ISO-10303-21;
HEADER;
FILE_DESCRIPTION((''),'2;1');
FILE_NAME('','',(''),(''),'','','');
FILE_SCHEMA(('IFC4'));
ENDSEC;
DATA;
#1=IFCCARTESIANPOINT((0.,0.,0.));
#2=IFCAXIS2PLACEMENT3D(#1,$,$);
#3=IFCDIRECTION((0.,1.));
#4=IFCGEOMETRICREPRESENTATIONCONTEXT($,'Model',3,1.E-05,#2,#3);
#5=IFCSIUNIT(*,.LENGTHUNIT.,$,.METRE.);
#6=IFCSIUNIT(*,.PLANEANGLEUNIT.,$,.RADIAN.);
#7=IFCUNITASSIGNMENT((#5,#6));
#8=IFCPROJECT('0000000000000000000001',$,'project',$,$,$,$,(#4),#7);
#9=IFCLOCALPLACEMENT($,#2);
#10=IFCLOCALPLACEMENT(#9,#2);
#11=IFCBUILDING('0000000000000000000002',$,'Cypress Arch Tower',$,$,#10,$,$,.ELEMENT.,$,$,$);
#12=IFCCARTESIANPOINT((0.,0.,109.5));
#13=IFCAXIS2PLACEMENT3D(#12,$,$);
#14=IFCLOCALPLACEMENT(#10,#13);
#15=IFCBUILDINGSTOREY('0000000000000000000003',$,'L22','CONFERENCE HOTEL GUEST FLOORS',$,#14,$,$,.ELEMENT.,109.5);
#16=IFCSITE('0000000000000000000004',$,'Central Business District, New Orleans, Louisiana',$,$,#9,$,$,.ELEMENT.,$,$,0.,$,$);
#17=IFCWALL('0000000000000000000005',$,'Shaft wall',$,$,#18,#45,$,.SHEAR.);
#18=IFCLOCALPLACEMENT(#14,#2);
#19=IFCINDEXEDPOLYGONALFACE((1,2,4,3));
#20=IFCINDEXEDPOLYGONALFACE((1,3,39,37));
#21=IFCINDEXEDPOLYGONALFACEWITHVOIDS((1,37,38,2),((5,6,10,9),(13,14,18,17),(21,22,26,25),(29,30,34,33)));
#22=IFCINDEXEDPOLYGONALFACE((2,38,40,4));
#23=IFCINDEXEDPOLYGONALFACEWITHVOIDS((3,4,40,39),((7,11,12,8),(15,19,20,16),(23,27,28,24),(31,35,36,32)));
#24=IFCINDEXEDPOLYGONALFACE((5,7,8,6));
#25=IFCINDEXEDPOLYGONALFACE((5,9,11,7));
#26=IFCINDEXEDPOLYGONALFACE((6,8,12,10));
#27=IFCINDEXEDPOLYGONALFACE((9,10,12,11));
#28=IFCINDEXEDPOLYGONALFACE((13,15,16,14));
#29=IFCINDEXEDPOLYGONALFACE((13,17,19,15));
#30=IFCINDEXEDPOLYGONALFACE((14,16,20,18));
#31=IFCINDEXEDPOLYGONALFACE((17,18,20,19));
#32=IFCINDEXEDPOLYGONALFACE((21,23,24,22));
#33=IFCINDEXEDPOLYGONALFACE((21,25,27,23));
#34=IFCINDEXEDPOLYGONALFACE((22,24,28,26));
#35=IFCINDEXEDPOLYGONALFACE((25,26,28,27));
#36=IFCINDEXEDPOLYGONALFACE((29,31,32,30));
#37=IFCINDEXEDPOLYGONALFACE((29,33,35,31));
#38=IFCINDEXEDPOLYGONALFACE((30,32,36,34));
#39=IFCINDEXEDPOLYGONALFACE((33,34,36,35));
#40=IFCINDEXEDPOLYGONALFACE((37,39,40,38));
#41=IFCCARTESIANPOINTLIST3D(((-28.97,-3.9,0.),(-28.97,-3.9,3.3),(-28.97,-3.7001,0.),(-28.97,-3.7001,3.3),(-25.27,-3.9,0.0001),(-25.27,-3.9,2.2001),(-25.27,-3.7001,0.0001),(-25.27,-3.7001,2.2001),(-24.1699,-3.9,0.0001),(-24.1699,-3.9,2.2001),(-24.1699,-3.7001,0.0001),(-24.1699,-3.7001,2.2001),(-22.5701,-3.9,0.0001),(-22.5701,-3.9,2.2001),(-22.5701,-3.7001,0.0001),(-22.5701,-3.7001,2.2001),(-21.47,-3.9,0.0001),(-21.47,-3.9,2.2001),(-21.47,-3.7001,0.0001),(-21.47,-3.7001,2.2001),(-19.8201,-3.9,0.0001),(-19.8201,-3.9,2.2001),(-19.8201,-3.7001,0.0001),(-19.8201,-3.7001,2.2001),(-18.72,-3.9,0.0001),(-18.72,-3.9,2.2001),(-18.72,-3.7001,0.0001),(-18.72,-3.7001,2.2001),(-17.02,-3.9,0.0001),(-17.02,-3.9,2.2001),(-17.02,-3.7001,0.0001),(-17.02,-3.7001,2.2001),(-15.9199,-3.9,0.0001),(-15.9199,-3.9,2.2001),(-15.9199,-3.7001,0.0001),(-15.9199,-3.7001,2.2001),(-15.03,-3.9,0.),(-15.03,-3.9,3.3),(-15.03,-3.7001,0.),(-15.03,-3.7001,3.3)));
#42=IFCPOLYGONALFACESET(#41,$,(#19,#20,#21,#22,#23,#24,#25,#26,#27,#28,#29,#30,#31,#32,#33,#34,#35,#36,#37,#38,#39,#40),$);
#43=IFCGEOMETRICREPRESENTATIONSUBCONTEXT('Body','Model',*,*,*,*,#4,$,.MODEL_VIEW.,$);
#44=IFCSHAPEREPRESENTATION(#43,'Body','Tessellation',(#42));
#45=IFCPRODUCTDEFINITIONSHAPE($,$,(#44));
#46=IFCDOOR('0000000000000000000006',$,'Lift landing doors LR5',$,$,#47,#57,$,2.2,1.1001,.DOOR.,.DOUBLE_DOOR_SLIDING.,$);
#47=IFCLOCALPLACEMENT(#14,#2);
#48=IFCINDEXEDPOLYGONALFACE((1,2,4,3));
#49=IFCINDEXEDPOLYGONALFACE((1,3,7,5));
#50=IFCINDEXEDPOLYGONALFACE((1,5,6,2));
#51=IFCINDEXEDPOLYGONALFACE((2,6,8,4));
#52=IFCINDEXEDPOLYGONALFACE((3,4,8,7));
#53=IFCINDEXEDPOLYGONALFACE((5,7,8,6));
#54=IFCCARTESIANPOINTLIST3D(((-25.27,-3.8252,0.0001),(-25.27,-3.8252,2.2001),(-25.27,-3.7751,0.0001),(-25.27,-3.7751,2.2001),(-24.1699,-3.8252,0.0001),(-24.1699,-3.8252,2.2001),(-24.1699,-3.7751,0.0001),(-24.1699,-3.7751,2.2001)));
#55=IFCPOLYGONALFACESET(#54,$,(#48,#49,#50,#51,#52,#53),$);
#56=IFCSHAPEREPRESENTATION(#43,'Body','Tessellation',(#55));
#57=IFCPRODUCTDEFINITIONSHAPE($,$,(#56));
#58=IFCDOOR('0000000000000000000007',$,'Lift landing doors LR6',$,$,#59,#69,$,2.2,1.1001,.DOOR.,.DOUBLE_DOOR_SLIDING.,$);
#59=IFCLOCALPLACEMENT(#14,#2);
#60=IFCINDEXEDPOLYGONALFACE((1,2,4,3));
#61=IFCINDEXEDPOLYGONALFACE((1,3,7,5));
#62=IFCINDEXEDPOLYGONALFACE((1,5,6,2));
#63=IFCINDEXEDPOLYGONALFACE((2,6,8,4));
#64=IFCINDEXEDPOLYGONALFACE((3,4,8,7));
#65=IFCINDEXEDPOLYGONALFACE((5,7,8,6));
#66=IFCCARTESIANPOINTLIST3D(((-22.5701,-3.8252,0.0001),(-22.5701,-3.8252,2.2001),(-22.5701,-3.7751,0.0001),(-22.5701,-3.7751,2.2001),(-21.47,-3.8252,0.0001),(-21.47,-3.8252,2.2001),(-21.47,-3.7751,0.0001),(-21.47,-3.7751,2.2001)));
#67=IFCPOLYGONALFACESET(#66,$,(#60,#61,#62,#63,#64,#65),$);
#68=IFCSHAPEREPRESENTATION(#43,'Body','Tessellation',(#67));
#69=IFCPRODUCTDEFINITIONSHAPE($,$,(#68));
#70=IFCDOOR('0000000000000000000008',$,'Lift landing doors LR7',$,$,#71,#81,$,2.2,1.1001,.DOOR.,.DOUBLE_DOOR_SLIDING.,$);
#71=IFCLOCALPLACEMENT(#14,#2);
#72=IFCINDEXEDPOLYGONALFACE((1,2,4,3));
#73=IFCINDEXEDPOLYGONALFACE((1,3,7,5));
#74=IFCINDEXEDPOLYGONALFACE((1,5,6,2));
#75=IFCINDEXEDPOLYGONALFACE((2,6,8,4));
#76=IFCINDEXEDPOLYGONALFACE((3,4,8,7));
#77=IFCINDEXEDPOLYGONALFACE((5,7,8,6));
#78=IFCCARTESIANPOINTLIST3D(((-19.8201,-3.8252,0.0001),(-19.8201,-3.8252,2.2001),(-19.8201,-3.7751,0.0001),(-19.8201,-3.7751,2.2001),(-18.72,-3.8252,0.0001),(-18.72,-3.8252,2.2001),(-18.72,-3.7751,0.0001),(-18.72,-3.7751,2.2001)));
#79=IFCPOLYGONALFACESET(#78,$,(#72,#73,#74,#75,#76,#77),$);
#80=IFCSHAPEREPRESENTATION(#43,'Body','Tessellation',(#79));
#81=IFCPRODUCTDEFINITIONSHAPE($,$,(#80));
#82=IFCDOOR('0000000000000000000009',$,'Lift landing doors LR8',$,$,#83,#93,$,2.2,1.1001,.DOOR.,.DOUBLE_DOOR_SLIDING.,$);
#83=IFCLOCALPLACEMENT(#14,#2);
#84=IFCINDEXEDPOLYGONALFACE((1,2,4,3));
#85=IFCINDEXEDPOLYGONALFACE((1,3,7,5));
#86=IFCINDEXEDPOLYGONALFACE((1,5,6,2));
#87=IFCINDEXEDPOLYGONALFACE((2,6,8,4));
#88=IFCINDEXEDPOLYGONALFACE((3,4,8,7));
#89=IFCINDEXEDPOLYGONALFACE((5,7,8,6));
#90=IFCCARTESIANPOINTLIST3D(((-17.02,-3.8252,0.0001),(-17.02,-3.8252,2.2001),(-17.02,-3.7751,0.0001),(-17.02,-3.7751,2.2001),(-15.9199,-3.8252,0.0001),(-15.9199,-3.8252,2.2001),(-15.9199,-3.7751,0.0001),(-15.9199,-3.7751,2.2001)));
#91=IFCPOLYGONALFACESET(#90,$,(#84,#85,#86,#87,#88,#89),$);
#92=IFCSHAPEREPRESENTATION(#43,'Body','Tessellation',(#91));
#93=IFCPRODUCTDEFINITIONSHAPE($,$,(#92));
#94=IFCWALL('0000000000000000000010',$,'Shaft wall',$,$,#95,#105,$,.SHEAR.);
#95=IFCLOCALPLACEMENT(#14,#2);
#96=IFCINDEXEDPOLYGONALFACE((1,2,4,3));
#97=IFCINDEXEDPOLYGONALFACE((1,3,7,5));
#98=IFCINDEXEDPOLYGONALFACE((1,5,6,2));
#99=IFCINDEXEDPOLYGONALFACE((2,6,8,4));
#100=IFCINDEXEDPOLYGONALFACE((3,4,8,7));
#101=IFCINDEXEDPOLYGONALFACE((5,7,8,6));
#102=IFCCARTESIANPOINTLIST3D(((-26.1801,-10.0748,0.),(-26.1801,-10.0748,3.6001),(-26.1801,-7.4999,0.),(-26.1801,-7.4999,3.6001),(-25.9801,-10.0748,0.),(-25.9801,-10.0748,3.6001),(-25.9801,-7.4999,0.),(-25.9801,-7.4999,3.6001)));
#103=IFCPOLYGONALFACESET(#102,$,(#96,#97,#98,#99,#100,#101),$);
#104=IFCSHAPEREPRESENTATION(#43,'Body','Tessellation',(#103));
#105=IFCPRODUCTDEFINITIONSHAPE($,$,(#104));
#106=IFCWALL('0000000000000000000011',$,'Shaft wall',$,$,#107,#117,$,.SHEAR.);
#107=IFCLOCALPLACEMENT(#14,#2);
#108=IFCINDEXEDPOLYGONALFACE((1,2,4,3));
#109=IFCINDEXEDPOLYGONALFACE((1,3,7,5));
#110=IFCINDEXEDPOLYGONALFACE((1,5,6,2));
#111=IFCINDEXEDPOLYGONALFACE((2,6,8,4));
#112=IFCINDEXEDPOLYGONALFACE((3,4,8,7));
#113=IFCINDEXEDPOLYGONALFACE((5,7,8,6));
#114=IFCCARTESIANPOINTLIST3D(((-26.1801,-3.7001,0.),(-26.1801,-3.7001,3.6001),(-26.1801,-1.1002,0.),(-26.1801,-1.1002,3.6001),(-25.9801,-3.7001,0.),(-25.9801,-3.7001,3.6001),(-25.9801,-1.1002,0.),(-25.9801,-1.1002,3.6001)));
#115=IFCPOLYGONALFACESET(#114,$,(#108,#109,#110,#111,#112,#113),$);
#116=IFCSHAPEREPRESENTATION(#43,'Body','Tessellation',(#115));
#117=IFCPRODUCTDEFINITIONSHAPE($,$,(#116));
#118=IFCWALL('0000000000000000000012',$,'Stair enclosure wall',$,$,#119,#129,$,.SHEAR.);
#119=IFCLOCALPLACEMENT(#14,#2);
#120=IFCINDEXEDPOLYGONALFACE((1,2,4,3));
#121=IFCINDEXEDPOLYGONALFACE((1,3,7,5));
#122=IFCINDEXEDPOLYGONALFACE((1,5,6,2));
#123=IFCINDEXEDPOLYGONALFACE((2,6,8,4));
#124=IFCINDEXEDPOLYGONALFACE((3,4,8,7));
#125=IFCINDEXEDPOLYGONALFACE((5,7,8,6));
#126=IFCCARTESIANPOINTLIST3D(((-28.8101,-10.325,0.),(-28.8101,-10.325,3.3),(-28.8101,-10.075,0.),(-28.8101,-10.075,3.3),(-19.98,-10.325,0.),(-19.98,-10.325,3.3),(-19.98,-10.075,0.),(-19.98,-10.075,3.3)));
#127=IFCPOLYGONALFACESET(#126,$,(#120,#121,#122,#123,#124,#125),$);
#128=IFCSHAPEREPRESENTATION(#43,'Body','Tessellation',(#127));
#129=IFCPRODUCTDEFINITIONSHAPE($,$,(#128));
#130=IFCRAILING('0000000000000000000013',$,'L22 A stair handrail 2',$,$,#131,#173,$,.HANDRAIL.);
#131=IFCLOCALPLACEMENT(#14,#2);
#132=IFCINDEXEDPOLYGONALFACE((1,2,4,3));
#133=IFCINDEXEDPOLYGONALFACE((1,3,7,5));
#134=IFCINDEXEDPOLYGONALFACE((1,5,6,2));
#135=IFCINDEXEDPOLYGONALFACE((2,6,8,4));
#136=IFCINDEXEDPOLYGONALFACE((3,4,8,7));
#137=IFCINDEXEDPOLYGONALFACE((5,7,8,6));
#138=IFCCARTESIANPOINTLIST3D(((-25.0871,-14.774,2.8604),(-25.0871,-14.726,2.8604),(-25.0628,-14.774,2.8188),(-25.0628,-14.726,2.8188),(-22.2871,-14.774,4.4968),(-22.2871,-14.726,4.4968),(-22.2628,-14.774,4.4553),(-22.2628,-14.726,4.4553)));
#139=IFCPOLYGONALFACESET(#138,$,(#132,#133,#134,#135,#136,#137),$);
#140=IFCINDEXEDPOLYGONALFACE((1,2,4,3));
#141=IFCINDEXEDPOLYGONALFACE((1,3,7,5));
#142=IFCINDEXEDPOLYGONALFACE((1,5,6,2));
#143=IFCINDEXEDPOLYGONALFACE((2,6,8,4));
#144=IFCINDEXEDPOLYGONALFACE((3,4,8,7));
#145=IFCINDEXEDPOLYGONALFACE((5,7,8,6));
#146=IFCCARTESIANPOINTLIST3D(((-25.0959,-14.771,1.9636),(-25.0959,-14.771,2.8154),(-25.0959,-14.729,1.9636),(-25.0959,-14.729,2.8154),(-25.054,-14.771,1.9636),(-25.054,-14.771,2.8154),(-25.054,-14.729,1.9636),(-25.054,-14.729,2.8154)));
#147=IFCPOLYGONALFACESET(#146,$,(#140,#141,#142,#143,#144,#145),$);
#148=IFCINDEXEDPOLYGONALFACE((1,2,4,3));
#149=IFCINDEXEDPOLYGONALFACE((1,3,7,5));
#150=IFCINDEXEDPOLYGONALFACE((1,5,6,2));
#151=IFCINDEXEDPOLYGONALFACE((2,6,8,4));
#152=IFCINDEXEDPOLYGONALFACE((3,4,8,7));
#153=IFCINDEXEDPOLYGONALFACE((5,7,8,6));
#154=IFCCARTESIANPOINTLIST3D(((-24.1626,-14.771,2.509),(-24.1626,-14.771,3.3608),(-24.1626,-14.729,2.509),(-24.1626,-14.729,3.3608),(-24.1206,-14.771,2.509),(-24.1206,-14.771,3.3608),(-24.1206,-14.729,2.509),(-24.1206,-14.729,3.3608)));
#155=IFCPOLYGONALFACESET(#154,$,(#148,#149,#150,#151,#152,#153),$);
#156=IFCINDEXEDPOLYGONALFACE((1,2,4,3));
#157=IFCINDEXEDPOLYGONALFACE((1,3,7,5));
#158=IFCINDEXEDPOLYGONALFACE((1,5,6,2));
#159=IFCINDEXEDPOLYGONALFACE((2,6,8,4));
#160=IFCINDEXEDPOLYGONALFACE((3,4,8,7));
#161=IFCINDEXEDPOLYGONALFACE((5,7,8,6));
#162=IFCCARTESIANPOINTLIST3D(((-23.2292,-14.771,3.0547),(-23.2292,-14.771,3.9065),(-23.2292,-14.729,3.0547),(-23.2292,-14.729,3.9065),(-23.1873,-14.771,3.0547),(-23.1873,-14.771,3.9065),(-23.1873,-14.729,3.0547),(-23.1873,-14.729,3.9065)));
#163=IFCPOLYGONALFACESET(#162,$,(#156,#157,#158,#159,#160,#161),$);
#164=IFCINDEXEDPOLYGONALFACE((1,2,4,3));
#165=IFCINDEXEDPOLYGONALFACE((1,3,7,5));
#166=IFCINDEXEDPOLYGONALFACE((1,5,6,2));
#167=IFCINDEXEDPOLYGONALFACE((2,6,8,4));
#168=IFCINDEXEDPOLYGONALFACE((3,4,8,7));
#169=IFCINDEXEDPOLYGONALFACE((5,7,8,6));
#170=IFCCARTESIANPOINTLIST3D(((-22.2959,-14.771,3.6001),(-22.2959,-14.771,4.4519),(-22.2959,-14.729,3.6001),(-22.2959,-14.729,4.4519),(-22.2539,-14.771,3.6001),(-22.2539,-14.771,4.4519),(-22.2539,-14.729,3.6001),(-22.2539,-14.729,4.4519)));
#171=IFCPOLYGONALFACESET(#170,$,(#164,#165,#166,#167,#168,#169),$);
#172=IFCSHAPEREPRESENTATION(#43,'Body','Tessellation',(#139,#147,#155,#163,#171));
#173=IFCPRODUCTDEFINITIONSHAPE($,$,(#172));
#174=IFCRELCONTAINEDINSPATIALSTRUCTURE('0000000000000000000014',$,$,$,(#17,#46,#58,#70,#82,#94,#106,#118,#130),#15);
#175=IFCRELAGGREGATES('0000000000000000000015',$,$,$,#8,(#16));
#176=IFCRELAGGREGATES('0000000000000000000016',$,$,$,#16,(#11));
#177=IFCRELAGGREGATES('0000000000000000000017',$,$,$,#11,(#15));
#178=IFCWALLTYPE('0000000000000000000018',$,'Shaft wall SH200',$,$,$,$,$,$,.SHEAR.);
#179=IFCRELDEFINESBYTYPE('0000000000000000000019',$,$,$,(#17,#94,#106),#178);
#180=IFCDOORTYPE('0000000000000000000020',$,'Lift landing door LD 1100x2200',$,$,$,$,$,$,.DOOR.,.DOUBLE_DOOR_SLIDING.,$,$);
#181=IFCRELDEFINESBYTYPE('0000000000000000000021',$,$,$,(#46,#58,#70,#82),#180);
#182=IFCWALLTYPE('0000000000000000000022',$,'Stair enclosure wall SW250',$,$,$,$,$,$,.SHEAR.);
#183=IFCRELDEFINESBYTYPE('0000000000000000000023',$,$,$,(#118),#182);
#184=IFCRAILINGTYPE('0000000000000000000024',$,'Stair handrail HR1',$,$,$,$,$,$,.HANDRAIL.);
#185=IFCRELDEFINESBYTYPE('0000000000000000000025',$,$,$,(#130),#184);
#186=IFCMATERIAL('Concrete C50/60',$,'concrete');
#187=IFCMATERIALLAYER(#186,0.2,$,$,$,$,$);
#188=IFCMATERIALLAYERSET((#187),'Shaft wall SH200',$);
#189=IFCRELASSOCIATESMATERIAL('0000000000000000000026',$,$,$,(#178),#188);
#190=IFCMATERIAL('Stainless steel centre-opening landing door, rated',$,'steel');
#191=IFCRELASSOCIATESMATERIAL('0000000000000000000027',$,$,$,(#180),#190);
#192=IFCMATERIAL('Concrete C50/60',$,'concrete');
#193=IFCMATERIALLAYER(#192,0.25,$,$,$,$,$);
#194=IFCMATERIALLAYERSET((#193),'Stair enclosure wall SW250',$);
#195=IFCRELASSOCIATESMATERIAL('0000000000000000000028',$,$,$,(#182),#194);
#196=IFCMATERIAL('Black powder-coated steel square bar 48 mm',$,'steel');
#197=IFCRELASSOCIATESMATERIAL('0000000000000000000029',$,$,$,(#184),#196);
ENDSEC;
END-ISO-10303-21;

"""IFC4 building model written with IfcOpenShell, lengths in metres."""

from ifc_helpers import new_model, si_unit, direction, frame, frame_2d, origin, origin_2d, place, context, subcontext, project, spatial, rectangle, extrude, material, layer, layer_set, type_object, element, fill, save


model = new_model("IFC4")

# Units and contexts
model_context = context("Model", 3, precision=1e-05, world=origin(), true_north=direction((0.0, 1.0)))
body_context = subcontext(model_context, "Body", "Model", "MODEL_VIEW")
ifc_project = project(units=[si_unit("LENGTHUNIT", "METRE"), si_unit("PLANEANGLEUNIT", "RADIAN")], contexts=[model_context])

# Site, building, storey
site_placement = place(None, origin())
site = spatial("IfcSite", under=ifc_project, at=site_placement, Name="Central Business District, New Orleans, Louisiana", CompositionType="ELEMENT", RefElevation=0.0)
building_placement = place(site_placement, origin())
building = spatial("IfcBuilding", under=site, at=building_placement, Name="Cypress Arch Tower", CompositionType="ELEMENT")
storey_placement = place(building_placement, frame((0.0, 0.0, 109.5)))
storey = spatial("IfcBuildingStorey", under=building, at=storey_placement, Name="L22", Description="CONFERENCE HOTEL GUEST FLOORS", CompositionType="ELEMENT", Elevation=109.5)

# Wall, openings, doors
ifc_material_1 = material(Name="Concrete C50/60", Category="concrete")
ifc_layer_1 = layer(ifc_material_1, 0.2)
ifc_layer_set_1 = layer_set([ifc_layer_1], Name="Shaft wall SH200")
wall_type_1 = type_object("IfcWallType", Name="Shaft wall SH200", PredefinedType="SHEAR", material=ifc_layer_set_1)
ifc_material_2 = material(Name="Stainless steel centre-opening landing door, rated", Category="steel")
door_type_1 = type_object("IfcDoorType", Name="Lift landing door LD 1100x2200", OperationType="DOUBLE_DOOR_SLIDING", PredefinedType="DOOR", material=ifc_material_2)
wall_1_placement = place(storey_placement, frame((-28.97, -3.8, 0.0), z_axis=(0.0, 0.0, 1.0), x_axis=(1.0, 0.0, 0.0)))
wall_1 = element("IfcWall", 1, at=wall_1_placement, inside=storey, type_object=wall_type_1, Name="Shaft wall", PredefinedType="SHEAR", context=body_context, shape_type="SweptSolid", body=[
    extrude(rectangle(XDim=13.9399, YDim=0.2, at=frame_2d((6.97, 0.0))), origin(), (0.0, 0.0, 1.0), 3.3),
])
opening_1_placement = place(wall_1_placement, frame((3.7, 0.0, 0.0)))
opening_1 = element("IfcOpeningElement", 2, at=opening_1_placement, cuts=wall_1, PredefinedType="OPENING", context=body_context, shape_type="SweptSolid", body=[
    extrude(rectangle(XDim=1.1001, YDim=2.2, at=frame_2d((0.55, 1.1001))), frame((0.0, 0.1099, 0.0), z_axis=(0.0, -1.0, 0.0), x_axis=(1.0, 0.0, 0.0)), (0.0, 0.0, 1.0), 0.22),
])
opening_2_placement = place(wall_1_placement, frame((6.3999, 0.0, 0.0)))
opening_2 = element("IfcOpeningElement", 3, at=opening_2_placement, cuts=wall_1, PredefinedType="OPENING", context=body_context, shape_type="SweptSolid", body=[
    extrude(rectangle(XDim=1.1001, YDim=2.2, at=frame_2d((0.55, 1.1001))), frame((0.0, 0.1099, 0.0), z_axis=(0.0, -1.0, 0.0), x_axis=(1.0, 0.0, 0.0)), (0.0, 0.0, 1.0), 0.22),
])
opening_3_placement = place(wall_1_placement, frame((9.1499, 0.0, 0.0)))
opening_3 = element("IfcOpeningElement", 4, at=opening_3_placement, cuts=wall_1, PredefinedType="OPENING", context=body_context, shape_type="SweptSolid", body=[
    extrude(rectangle(XDim=1.1001, YDim=2.2, at=frame_2d((0.55, 1.1001))), frame((0.0, 0.1099, 0.0), z_axis=(0.0, -1.0, 0.0), x_axis=(1.0, 0.0, 0.0)), (0.0, 0.0, 1.0), 0.22),
])
opening_4_placement = place(wall_1_placement, frame((11.95, 0.0, 0.0)))
opening_4 = element("IfcOpeningElement", 5, at=opening_4_placement, cuts=wall_1, PredefinedType="OPENING", context=body_context, shape_type="SweptSolid", body=[
    extrude(rectangle(XDim=1.1001, YDim=2.2, at=frame_2d((0.55, 1.1001))), frame((0.0, 0.1099, 0.0), z_axis=(0.0, -1.0, 0.0), x_axis=(1.0, 0.0, 0.0)), (0.0, 0.0, 1.0), 0.22),
])
door_1_placement = place(opening_1_placement, origin())
door_1 = element("IfcDoor", 6, at=door_1_placement, inside=storey, type_object=door_type_1, Name="Lift landing doors LR5", OperationType="DOUBLE_DOOR_SLIDING", OverallHeight=2.2, OverallWidth=1.1001, PredefinedType="DOOR", context=body_context, shape_type="SweptSolid", body=[
    extrude(rectangle(XDim=1.1001, YDim=2.2, at=frame_2d((0.55, 1.1001))), frame((0.0, 0.0249, 0.0), z_axis=(0.0, -1.0, 0.0), x_axis=(1.0, 0.0, 0.0)), (0.0, 0.0, 1.0), 0.05),
])
fill(opening_1, door_1)
door_2_placement = place(opening_2_placement, origin())
door_2 = element("IfcDoor", 7, at=door_2_placement, inside=storey, type_object=door_type_1, Name="Lift landing doors LR6", OperationType="DOUBLE_DOOR_SLIDING", OverallHeight=2.2, OverallWidth=1.1001, PredefinedType="DOOR", context=body_context, shape_type="SweptSolid", body=[
    extrude(rectangle(XDim=1.1001, YDim=2.2, at=frame_2d((0.55, 1.1001))), frame((0.0, 0.0249, 0.0), z_axis=(0.0, -1.0, 0.0), x_axis=(1.0, 0.0, 0.0)), (0.0, 0.0, 1.0), 0.05),
])
fill(opening_2, door_2)
door_3_placement = place(opening_3_placement, origin())
door_3 = element("IfcDoor", 8, at=door_3_placement, inside=storey, type_object=door_type_1, Name="Lift landing doors LR7", OperationType="DOUBLE_DOOR_SLIDING", OverallHeight=2.2, OverallWidth=1.1001, PredefinedType="DOOR", context=body_context, shape_type="SweptSolid", body=[
    extrude(rectangle(XDim=1.1001, YDim=2.2, at=frame_2d((0.55, 1.1001))), frame((0.0, 0.0249, 0.0), z_axis=(0.0, -1.0, 0.0), x_axis=(1.0, 0.0, 0.0)), (0.0, 0.0, 1.0), 0.05),
])
fill(opening_3, door_3)
door_4_placement = place(opening_4_placement, origin())
door_4 = element("IfcDoor", 9, at=door_4_placement, inside=storey, type_object=door_type_1, Name="Lift landing doors LR8", OperationType="DOUBLE_DOOR_SLIDING", OverallHeight=2.2, OverallWidth=1.1001, PredefinedType="DOOR", context=body_context, shape_type="SweptSolid", body=[
    extrude(rectangle(XDim=1.1001, YDim=2.2, at=frame_2d((0.55, 1.1001))), frame((0.0, 0.0249, 0.0), z_axis=(0.0, -1.0, 0.0), x_axis=(1.0, 0.0, 0.0)), (0.0, 0.0, 1.0), 0.05),
])
fill(opening_4, door_4)

# Walls
wall_2_placement = place(storey_placement, frame((-26.0801, -10.075, 0.0), z_axis=(0.0, 0.0, 1.0), x_axis=(0.0, 1.0, 0.0)))
element("IfcWall", 10, at=wall_2_placement, inside=storey, type_object=wall_type_1, Name="Shaft wall", PredefinedType="SHEAR", context=body_context, shape_type="SweptSolid", body=[
    extrude(rectangle(XDim=2.575, YDim=0.2, at=frame_2d((1.2876, 0.0))), origin(), (0.0, 0.0, 1.0), 3.6001),
])
wall_3_placement = place(storey_placement, frame((-26.0801, -3.7, 0.0), z_axis=(0.0, 0.0, 1.0), x_axis=(0.0, 1.0, 0.0)))
element("IfcWall", 11, at=wall_3_placement, inside=storey, type_object=wall_type_1, Name="Shaft wall", PredefinedType="SHEAR", context=body_context, shape_type="SweptSolid", body=[
    extrude(rectangle(XDim=2.5999, YDim=0.2, at=frame_2d((1.2998, 0.0))), origin(), (0.0, 0.0, 1.0), 3.6001),
])
ifc_material_3 = material(Name="Concrete C50/60", Category="concrete")
ifc_layer_2 = layer(ifc_material_3, 0.25)
ifc_layer_set_2 = layer_set([ifc_layer_2], Name="Stair enclosure wall SW250")
wall_type_2 = type_object("IfcWallType", Name="Stair enclosure wall SW250", PredefinedType="SHEAR", material=ifc_layer_set_2)
wall_4_placement = place(storey_placement, frame((-28.8101, -10.2, 0.0), z_axis=(0.0, 0.0, 1.0), x_axis=(1.0, 0.0, 0.0)))
element("IfcWall", 12, at=wall_4_placement, inside=storey, type_object=wall_type_2, Name="Stair enclosure wall", PredefinedType="SHEAR", context=body_context, shape_type="SweptSolid", body=[
    extrude(rectangle(XDim=8.8301, YDim=0.25, at=frame_2d((4.415, 0.0))), origin(), (0.0, 0.0, 1.0), 3.3),
])

# Railing
ifc_material_4 = material(Name="Black powder-coated steel square bar 48 mm", Category="steel")
railing_type_1 = type_object("IfcRailingType", Name="Stair handrail HR1", PredefinedType="HANDRAIL", material=ifc_material_4)
railing_1_placement = place(storey_placement, frame((-25.075, -14.75, 1.9636)))
element("IfcRailing", 13, at=railing_1_placement, inside=storey, type_object=railing_type_1, Name="L22 A stair handrail 2", PredefinedType="HANDRAIL", context=body_context, shape_type="SweptSolid", body=[
    extrude(rectangle(XDim=0.0481, YDim=0.0481, at=origin_2d()), frame((0.0, 0.0, 0.876), z_axis=(0.863361, 0.0, 0.504587), x_axis=(0.0, 1.0, 0.0)), (0.0, 0.0, 1.0), 3.2432),
    extrude(rectangle(XDim=0.042, YDim=0.042, at=origin_2d()), origin(), (0.0, 0.0, 1.0), 0.8518),
    extrude(rectangle(XDim=0.042, YDim=0.042, at=origin_2d()), frame((0.9333, 0.0, 0.5454)), (0.0, 0.0, 1.0), 0.8518),
    extrude(rectangle(XDim=0.042, YDim=0.042, at=origin_2d()), frame((1.8667, 0.0, 1.0911)), (0.0, 0.0, 1.0), 0.8518),
    extrude(rectangle(XDim=0.042, YDim=0.042, at=origin_2d()), frame((2.8, 0.0, 1.6365)), (0.0, 0.0, 1.0), 0.8518),
])

save(model, "model.ifc")
